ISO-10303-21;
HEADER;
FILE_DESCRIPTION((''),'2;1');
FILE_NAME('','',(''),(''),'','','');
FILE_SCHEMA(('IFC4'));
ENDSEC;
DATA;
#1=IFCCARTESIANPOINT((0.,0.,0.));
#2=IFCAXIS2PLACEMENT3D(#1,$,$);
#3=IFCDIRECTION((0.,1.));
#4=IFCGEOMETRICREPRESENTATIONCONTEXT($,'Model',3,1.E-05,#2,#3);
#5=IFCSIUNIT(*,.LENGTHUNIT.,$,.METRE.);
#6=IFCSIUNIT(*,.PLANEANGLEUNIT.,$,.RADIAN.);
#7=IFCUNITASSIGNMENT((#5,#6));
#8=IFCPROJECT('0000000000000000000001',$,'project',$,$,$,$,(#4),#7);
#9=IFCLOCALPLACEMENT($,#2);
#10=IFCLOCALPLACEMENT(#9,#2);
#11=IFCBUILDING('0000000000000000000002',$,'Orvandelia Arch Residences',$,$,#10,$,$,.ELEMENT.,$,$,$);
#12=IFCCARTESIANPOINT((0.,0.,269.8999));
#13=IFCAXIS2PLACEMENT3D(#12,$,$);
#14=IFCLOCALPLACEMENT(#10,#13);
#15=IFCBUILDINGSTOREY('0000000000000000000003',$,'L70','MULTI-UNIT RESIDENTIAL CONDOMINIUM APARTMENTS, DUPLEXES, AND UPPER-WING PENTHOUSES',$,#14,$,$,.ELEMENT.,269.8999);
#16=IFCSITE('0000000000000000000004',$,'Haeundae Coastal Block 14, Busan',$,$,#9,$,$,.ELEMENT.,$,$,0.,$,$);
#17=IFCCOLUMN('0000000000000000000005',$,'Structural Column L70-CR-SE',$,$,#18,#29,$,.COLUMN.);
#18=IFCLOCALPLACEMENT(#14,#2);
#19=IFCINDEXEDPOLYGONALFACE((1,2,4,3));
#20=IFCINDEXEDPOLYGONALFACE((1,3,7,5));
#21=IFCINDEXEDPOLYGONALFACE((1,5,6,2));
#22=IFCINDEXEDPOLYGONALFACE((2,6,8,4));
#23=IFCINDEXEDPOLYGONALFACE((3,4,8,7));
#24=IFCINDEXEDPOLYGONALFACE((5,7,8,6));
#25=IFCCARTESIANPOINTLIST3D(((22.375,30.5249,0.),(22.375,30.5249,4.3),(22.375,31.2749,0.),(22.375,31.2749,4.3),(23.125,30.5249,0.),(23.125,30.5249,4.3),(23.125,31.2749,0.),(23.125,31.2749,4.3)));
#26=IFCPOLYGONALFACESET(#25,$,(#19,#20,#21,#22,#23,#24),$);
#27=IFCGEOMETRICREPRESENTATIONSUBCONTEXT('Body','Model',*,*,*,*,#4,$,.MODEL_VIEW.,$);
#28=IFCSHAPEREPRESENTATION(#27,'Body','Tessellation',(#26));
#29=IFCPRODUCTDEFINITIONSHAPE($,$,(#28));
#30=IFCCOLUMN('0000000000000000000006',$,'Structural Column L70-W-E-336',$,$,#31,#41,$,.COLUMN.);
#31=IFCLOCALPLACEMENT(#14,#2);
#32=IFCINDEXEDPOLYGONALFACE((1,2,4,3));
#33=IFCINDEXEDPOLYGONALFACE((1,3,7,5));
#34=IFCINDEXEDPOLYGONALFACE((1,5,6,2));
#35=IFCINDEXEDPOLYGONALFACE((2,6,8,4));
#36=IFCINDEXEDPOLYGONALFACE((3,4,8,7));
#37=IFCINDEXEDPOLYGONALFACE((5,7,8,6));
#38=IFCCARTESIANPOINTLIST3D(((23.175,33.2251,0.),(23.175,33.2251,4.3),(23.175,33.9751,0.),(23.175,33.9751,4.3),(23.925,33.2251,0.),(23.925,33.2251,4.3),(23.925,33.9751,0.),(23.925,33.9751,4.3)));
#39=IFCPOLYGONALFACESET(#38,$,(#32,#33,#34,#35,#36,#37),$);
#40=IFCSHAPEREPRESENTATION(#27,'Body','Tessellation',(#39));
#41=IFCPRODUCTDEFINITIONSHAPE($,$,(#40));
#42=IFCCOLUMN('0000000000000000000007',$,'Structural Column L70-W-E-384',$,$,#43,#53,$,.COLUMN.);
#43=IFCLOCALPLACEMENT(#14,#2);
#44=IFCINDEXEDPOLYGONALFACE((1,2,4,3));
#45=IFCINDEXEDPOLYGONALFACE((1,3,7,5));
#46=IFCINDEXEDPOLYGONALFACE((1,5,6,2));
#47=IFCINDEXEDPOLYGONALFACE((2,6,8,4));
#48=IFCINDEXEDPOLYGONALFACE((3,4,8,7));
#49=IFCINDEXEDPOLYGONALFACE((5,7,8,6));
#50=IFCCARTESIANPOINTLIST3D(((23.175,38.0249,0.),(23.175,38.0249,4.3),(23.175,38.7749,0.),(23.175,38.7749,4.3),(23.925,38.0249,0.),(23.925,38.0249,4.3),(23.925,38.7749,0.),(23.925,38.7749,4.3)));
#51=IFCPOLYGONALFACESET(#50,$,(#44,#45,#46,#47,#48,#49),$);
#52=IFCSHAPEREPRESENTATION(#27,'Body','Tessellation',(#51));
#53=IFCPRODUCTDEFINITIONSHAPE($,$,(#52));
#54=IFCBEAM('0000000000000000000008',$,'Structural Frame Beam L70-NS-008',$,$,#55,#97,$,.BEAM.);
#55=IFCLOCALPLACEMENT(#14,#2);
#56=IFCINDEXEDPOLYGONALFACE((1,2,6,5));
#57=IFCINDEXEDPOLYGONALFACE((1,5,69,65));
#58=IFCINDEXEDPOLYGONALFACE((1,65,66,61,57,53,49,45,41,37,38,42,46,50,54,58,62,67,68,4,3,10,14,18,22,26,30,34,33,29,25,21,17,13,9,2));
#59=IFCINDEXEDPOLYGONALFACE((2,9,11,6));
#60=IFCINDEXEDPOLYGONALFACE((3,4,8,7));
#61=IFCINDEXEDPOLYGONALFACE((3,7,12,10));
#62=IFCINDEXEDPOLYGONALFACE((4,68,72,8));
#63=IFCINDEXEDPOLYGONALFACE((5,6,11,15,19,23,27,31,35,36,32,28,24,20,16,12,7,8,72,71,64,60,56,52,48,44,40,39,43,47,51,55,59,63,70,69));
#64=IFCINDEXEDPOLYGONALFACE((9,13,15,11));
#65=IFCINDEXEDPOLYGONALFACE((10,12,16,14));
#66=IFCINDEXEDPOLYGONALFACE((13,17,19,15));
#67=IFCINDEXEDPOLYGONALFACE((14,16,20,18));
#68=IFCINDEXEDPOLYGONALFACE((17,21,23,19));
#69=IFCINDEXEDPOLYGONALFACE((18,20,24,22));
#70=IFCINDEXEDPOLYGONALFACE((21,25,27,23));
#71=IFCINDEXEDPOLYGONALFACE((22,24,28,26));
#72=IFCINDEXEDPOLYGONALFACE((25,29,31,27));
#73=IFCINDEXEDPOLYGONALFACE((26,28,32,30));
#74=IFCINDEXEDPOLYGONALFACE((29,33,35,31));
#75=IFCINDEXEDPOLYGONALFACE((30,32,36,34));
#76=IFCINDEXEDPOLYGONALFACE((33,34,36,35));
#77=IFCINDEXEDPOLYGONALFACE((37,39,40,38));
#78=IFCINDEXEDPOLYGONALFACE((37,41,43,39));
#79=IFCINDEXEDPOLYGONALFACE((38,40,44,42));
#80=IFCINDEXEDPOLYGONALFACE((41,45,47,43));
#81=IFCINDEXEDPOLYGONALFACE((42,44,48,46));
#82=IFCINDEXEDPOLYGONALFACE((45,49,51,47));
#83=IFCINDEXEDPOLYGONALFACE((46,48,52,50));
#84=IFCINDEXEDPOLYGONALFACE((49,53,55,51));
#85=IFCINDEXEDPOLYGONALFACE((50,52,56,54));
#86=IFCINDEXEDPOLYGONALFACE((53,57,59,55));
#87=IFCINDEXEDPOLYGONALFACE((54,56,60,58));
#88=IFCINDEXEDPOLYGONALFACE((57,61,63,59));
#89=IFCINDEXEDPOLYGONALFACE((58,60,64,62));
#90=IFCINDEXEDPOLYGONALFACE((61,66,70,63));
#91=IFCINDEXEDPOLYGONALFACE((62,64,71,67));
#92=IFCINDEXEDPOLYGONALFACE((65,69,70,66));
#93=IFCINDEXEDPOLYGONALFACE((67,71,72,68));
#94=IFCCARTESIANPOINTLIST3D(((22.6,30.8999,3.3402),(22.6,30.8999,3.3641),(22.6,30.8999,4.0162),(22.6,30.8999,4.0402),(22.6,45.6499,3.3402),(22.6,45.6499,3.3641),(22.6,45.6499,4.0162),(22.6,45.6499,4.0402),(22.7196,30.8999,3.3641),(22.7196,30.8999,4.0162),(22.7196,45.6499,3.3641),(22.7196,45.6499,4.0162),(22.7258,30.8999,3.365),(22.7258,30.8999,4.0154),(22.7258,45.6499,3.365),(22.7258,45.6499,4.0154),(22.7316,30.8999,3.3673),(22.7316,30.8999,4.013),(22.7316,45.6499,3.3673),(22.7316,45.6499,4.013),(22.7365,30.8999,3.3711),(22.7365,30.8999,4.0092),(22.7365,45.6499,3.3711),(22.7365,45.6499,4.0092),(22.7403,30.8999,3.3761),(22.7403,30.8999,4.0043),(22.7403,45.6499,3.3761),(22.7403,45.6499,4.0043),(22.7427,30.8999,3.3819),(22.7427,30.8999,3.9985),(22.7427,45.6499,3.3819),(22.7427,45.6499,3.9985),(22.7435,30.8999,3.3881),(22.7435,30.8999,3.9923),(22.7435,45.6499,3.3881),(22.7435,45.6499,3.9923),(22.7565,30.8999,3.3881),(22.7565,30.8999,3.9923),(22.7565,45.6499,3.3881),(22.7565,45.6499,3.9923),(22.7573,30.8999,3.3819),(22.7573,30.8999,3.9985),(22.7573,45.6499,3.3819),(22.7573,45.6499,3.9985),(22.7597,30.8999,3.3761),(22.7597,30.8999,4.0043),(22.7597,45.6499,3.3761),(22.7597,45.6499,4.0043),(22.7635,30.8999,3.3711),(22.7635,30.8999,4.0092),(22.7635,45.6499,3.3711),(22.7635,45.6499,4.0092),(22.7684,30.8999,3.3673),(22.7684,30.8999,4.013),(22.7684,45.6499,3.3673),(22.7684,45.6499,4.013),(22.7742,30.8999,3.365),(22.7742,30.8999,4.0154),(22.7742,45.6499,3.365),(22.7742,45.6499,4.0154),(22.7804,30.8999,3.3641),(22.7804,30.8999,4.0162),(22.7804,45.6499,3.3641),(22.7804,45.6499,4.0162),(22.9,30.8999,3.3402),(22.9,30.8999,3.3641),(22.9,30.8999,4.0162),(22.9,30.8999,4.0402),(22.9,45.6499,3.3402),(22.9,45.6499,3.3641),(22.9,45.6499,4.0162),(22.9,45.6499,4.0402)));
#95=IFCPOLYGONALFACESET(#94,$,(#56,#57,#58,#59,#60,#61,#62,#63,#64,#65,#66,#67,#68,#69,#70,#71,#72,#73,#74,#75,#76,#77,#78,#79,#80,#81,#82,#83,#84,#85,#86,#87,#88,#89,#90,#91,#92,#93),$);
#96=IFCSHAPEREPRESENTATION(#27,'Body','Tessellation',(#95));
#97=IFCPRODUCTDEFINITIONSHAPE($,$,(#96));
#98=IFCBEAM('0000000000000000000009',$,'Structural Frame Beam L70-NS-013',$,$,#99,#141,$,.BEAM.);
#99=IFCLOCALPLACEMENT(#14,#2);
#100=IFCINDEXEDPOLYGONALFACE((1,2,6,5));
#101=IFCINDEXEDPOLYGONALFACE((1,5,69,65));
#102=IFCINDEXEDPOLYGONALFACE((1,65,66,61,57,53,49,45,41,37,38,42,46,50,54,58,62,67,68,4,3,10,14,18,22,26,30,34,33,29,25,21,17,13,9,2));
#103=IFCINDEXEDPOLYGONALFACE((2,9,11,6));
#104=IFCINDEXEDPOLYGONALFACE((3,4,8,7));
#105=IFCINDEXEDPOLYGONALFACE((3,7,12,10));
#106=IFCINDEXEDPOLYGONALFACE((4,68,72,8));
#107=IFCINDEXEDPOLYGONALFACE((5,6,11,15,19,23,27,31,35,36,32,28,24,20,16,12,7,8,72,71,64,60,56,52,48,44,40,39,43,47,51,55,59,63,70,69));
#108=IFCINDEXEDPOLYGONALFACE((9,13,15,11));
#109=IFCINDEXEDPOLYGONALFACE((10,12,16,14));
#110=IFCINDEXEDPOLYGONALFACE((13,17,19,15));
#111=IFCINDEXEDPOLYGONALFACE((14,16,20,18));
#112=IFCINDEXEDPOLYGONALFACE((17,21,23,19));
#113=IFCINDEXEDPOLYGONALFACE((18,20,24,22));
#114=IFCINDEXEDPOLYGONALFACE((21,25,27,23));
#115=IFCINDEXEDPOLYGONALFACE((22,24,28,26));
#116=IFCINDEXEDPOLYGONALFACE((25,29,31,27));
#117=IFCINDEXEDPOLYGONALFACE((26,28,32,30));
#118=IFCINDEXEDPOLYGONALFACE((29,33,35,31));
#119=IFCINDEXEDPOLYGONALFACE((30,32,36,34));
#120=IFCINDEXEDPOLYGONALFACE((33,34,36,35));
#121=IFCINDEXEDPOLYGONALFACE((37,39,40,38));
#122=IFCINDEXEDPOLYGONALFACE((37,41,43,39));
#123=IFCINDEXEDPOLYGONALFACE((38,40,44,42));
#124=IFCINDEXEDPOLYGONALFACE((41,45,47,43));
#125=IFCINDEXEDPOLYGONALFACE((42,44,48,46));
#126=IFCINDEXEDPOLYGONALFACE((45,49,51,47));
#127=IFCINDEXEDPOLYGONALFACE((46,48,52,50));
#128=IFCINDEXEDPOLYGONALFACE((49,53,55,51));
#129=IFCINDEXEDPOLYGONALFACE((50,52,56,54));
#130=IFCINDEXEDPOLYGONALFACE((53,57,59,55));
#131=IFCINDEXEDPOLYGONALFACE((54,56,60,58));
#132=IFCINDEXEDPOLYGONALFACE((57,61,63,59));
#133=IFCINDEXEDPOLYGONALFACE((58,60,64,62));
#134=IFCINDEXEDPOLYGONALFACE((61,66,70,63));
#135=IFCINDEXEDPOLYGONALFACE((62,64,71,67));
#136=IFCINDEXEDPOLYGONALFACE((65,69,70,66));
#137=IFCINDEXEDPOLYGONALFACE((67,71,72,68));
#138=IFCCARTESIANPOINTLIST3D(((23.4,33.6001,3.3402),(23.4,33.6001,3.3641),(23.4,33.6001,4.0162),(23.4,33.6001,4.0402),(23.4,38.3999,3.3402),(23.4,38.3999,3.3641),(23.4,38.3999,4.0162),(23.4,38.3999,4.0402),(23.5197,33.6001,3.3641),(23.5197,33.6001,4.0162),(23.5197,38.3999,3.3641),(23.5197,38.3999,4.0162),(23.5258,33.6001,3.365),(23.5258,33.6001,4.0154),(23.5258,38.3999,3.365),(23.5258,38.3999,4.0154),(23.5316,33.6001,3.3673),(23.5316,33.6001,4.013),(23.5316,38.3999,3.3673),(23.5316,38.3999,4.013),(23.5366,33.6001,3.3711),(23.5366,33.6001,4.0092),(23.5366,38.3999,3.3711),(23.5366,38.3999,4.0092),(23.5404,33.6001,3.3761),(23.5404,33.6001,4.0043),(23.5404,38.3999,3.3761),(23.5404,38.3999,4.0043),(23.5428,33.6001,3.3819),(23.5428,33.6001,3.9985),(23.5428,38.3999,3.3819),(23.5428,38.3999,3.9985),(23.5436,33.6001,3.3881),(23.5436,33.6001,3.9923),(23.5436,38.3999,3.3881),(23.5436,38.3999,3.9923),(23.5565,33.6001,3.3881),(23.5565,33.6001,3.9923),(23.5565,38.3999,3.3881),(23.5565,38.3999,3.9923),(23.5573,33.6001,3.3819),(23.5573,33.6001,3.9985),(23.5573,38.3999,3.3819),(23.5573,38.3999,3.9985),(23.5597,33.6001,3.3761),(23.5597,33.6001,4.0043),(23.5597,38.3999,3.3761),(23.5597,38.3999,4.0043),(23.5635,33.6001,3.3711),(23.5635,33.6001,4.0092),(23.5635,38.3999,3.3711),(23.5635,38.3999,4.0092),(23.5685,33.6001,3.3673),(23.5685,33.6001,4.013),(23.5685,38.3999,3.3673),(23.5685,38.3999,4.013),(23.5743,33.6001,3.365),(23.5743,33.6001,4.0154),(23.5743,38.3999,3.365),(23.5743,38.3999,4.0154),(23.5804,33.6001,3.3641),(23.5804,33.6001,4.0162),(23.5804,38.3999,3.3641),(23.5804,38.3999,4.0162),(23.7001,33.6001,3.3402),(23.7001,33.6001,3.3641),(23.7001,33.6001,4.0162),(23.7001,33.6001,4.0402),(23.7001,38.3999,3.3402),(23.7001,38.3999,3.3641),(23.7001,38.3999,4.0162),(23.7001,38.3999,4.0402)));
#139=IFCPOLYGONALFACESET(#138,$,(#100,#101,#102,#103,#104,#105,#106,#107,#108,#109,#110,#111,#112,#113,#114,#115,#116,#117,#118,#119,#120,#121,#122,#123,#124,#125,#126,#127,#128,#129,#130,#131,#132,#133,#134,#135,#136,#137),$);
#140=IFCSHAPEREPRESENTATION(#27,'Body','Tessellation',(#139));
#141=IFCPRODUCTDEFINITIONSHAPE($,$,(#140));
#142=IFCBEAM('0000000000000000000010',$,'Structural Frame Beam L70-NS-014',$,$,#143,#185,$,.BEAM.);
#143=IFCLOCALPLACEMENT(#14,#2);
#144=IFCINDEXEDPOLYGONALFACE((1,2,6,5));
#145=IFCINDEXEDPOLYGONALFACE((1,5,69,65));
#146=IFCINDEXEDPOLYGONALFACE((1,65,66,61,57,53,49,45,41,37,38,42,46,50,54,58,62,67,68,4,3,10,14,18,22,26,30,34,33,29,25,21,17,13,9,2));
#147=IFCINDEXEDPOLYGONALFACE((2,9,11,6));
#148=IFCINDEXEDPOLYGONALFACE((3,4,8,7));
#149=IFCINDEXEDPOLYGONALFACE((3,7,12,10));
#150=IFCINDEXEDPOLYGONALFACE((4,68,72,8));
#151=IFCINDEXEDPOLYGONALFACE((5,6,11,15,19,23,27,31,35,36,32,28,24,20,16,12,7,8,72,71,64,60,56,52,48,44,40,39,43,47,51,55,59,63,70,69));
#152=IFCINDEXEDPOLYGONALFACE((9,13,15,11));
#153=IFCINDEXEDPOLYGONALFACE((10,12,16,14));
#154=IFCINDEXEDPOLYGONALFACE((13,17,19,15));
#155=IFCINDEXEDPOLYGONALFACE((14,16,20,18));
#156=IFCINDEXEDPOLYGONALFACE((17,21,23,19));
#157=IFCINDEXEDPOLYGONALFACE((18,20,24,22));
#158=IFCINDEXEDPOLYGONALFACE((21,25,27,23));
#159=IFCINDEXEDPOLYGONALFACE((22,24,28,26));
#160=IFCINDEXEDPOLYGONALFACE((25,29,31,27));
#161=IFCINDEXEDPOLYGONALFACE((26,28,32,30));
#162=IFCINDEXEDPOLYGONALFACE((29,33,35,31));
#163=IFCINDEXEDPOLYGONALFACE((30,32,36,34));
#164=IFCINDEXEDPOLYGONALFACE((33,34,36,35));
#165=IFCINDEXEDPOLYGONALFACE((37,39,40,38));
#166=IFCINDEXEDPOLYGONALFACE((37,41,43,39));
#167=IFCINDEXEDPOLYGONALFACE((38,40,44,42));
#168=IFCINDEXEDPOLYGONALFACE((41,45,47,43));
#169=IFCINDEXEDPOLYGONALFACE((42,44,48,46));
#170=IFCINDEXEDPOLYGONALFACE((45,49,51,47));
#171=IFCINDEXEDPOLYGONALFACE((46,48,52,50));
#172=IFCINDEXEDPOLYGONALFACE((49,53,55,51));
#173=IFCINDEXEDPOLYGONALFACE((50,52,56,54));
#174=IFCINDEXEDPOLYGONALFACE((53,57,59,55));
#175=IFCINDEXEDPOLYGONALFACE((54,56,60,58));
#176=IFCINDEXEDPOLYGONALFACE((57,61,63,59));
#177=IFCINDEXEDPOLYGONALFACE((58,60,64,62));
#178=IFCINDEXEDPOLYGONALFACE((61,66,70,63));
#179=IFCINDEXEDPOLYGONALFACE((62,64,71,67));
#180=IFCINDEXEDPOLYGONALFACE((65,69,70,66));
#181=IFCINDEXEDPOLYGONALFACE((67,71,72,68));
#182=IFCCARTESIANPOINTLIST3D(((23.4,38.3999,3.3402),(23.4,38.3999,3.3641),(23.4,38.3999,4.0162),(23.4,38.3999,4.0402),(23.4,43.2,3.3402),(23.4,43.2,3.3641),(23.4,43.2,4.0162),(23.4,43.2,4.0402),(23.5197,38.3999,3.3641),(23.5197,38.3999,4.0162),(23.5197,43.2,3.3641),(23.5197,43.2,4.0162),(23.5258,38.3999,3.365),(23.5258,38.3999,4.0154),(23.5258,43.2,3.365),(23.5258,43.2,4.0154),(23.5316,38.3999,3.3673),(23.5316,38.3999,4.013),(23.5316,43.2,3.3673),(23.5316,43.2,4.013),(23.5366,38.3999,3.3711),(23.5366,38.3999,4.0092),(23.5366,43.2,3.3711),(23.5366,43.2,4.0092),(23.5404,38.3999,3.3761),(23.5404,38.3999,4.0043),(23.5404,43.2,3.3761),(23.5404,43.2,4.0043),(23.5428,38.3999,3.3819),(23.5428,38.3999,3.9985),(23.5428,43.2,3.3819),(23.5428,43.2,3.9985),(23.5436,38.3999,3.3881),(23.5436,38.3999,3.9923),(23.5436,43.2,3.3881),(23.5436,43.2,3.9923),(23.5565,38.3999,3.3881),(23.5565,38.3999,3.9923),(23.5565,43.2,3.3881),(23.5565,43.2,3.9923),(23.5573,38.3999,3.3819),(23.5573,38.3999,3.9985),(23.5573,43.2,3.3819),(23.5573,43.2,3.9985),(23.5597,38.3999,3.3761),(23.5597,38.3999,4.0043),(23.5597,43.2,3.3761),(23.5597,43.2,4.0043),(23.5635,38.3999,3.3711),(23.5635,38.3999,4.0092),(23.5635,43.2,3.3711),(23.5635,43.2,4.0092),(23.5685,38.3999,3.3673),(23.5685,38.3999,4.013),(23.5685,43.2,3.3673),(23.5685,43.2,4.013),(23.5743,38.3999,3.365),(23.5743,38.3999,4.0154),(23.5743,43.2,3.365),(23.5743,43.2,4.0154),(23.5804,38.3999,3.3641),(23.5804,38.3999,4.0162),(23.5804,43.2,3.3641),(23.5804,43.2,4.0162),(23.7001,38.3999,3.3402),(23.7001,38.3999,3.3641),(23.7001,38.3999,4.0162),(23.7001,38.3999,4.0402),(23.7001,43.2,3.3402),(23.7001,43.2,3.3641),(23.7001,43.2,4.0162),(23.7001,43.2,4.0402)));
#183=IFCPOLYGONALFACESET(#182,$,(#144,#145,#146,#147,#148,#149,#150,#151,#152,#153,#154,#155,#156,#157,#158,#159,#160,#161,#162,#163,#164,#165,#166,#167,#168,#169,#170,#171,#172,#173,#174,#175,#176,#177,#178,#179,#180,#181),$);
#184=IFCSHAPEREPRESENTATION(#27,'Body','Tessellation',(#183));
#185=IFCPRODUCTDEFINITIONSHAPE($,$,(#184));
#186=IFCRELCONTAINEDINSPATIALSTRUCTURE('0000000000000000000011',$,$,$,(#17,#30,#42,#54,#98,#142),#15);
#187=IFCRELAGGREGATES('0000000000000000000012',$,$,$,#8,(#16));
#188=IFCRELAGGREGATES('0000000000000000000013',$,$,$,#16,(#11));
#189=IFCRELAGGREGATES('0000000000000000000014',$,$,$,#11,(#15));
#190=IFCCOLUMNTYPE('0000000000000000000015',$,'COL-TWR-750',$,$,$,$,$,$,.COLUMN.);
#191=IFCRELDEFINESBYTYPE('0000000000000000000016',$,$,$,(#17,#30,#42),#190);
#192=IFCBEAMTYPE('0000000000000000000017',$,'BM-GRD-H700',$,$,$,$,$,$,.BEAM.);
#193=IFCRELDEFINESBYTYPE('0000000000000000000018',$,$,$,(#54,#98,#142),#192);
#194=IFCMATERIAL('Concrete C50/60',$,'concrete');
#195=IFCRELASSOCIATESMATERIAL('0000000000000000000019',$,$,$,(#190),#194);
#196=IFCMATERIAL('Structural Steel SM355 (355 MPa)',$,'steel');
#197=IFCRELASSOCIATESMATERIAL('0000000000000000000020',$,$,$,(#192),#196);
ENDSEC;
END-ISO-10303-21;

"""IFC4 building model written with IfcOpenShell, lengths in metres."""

from ifc_helpers import new_model, si_unit, direction, frame, origin, origin_2d, place, context, subcontext, project, spatial, rectangle, i_section, extrude, material, material_profile, profile_set, type_object, element, save


model = new_model("IFC4")

# Units and contexts
model_context = context("Model", 3, precision=1e-05, world=origin(), true_north=direction((0.0, 1.0)))
body_context = subcontext(model_context, "Body", "Model", "MODEL_VIEW")
ifc_project = project(units=[si_unit("LENGTHUNIT", "METRE"), si_unit("PLANEANGLEUNIT", "RADIAN")], contexts=[model_context])

# Site, building, storey
site_placement = place(None, origin())
site = spatial("IfcSite", under=ifc_project, at=site_placement, Name="Haeundae Coastal Block 14, Busan", CompositionType="ELEMENT", RefElevation=0.0)
building_placement = place(site_placement, origin())
building = spatial("IfcBuilding", under=site, at=building_placement, Name="Orvandelia Arch Residences", CompositionType="ELEMENT")
storey_placement = place(building_placement, frame((0.0, 0.0, 269.8999)))
storey = spatial("IfcBuildingStorey", under=building, at=storey_placement, Name="L70", Description="MULTI-UNIT RESIDENTIAL CONDOMINIUM APARTMENTS, DUPLEXES, AND UPPER-WING PENTHOUSES", CompositionType="ELEMENT", Elevation=269.8999)

# Columns
ifc_material_1 = material(Name="Concrete C50/60", Category="concrete")
ifc_material_profile_1 = material_profile(ifc_material_1, rectangle(XDim=0.75, YDim=0.75, at=origin_2d()), Name="Concrete C50/60", Category="concrete")
ifc_profile_set_1 = profile_set([ifc_material_profile_1], Name="Concrete C50/60")
column_type = type_object("IfcColumnType", Name="COL-TWR-750", PredefinedType="COLUMN", material=ifc_profile_set_1)
for number, where, z_axis, x_axis, name in (
    (1, (22.75, 30.8999, 0.0), (0.0, 0.0, 1.0), (1.0, 0.0, 0.0), "Structural Column L70-CR-SE"),
    (2, (23.55, 33.6001, 0.0), (0.0, 0.0, 1.0), (1.0, 0.0, 0.0), "Structural Column L70-W-E-336"),
    (3, (23.55, 38.3999, 0.0), (0.0, 0.0, 1.0), (1.0, 0.0, 0.0), "Structural Column L70-W-E-384"),
):
    element("IfcColumn", number, at=place(storey_placement, frame(where, z_axis=z_axis, x_axis=x_axis)), inside=storey, type_object=column_type, Name=name, PredefinedType="COLUMN", context=body_context, shape_type="SweptSolid", body=[
        extrude(rectangle(XDim=0.75, YDim=0.75, at=origin_2d()), origin(), (0.0, 0.0, 1.0), 4.3),
    ])

# Beams
ifc_material_2 = material(Name="Structural Steel SM355 (355 MPa)", Category="steel")
ifc_material_profile_2 = material_profile(ifc_material_2, i_section(OverallWidth=0.3, OverallDepth=0.7, WebThickness=0.0129, FlangeThickness=0.0239, FilletRadius=0.0239, at=origin_2d()), Name="Structural Steel SM355 (355 MPa)", Category="steel")
ifc_profile_set_2 = profile_set([ifc_material_profile_2], Name="Structural Steel SM355 (355 MPa)")
beam_type = type_object("IfcBeamType", Name="BM-GRD-H700", PredefinedType="BEAM", material=ifc_profile_set_2)
beam_1_placement = place(storey_placement, frame((22.75, 30.8999, 3.6902), z_axis=(0.0, 1.0, 0.0), x_axis=(-1.0, 0.0, 0.0)))
element("IfcBeam", 4, at=beam_1_placement, inside=storey, type_object=beam_type, Name="Structural Frame Beam L70-NS-008", PredefinedType="BEAM", context=body_context, shape_type="SweptSolid", body=[
    extrude(i_section(OverallWidth=0.3, OverallDepth=0.7, WebThickness=0.0129, FlangeThickness=0.0239, FilletRadius=0.0239, at=origin_2d()), origin(), (0.0, 0.0, 1.0), 14.75),
])
beam_2_placement = place(storey_placement, frame((23.55, 33.6001, 3.6902), z_axis=(0.0, 1.0, 0.0), x_axis=(-1.0, 0.0, 0.0)))
element("IfcBeam", 5, at=beam_2_placement, inside=storey, type_object=beam_type, Name="Structural Frame Beam L70-NS-013", PredefinedType="BEAM", context=body_context, shape_type="SweptSolid", body=[
    extrude(i_section(OverallWidth=0.3, OverallDepth=0.7, WebThickness=0.0129, FlangeThickness=0.0239, FilletRadius=0.0239, at=origin_2d()), origin(), (0.0, 0.0, 1.0), 4.7998),
])
beam_3_placement = place(storey_placement, frame((23.55, 38.3999, 3.6902), z_axis=(0.0, 1.0, 0.0), x_axis=(-1.0, 0.0, 0.0)))
element("IfcBeam", 6, at=beam_3_placement, inside=storey, type_object=beam_type, Name="Structural Frame Beam L70-NS-014", PredefinedType="BEAM", context=body_context, shape_type="SweptSolid", body=[
    extrude(i_section(OverallWidth=0.3, OverallDepth=0.7, WebThickness=0.0129, FlangeThickness=0.0239, FilletRadius=0.0239, at=origin_2d()), origin(), (0.0, 0.0, 1.0), 4.8),
])

save(model, "model.ifc")
